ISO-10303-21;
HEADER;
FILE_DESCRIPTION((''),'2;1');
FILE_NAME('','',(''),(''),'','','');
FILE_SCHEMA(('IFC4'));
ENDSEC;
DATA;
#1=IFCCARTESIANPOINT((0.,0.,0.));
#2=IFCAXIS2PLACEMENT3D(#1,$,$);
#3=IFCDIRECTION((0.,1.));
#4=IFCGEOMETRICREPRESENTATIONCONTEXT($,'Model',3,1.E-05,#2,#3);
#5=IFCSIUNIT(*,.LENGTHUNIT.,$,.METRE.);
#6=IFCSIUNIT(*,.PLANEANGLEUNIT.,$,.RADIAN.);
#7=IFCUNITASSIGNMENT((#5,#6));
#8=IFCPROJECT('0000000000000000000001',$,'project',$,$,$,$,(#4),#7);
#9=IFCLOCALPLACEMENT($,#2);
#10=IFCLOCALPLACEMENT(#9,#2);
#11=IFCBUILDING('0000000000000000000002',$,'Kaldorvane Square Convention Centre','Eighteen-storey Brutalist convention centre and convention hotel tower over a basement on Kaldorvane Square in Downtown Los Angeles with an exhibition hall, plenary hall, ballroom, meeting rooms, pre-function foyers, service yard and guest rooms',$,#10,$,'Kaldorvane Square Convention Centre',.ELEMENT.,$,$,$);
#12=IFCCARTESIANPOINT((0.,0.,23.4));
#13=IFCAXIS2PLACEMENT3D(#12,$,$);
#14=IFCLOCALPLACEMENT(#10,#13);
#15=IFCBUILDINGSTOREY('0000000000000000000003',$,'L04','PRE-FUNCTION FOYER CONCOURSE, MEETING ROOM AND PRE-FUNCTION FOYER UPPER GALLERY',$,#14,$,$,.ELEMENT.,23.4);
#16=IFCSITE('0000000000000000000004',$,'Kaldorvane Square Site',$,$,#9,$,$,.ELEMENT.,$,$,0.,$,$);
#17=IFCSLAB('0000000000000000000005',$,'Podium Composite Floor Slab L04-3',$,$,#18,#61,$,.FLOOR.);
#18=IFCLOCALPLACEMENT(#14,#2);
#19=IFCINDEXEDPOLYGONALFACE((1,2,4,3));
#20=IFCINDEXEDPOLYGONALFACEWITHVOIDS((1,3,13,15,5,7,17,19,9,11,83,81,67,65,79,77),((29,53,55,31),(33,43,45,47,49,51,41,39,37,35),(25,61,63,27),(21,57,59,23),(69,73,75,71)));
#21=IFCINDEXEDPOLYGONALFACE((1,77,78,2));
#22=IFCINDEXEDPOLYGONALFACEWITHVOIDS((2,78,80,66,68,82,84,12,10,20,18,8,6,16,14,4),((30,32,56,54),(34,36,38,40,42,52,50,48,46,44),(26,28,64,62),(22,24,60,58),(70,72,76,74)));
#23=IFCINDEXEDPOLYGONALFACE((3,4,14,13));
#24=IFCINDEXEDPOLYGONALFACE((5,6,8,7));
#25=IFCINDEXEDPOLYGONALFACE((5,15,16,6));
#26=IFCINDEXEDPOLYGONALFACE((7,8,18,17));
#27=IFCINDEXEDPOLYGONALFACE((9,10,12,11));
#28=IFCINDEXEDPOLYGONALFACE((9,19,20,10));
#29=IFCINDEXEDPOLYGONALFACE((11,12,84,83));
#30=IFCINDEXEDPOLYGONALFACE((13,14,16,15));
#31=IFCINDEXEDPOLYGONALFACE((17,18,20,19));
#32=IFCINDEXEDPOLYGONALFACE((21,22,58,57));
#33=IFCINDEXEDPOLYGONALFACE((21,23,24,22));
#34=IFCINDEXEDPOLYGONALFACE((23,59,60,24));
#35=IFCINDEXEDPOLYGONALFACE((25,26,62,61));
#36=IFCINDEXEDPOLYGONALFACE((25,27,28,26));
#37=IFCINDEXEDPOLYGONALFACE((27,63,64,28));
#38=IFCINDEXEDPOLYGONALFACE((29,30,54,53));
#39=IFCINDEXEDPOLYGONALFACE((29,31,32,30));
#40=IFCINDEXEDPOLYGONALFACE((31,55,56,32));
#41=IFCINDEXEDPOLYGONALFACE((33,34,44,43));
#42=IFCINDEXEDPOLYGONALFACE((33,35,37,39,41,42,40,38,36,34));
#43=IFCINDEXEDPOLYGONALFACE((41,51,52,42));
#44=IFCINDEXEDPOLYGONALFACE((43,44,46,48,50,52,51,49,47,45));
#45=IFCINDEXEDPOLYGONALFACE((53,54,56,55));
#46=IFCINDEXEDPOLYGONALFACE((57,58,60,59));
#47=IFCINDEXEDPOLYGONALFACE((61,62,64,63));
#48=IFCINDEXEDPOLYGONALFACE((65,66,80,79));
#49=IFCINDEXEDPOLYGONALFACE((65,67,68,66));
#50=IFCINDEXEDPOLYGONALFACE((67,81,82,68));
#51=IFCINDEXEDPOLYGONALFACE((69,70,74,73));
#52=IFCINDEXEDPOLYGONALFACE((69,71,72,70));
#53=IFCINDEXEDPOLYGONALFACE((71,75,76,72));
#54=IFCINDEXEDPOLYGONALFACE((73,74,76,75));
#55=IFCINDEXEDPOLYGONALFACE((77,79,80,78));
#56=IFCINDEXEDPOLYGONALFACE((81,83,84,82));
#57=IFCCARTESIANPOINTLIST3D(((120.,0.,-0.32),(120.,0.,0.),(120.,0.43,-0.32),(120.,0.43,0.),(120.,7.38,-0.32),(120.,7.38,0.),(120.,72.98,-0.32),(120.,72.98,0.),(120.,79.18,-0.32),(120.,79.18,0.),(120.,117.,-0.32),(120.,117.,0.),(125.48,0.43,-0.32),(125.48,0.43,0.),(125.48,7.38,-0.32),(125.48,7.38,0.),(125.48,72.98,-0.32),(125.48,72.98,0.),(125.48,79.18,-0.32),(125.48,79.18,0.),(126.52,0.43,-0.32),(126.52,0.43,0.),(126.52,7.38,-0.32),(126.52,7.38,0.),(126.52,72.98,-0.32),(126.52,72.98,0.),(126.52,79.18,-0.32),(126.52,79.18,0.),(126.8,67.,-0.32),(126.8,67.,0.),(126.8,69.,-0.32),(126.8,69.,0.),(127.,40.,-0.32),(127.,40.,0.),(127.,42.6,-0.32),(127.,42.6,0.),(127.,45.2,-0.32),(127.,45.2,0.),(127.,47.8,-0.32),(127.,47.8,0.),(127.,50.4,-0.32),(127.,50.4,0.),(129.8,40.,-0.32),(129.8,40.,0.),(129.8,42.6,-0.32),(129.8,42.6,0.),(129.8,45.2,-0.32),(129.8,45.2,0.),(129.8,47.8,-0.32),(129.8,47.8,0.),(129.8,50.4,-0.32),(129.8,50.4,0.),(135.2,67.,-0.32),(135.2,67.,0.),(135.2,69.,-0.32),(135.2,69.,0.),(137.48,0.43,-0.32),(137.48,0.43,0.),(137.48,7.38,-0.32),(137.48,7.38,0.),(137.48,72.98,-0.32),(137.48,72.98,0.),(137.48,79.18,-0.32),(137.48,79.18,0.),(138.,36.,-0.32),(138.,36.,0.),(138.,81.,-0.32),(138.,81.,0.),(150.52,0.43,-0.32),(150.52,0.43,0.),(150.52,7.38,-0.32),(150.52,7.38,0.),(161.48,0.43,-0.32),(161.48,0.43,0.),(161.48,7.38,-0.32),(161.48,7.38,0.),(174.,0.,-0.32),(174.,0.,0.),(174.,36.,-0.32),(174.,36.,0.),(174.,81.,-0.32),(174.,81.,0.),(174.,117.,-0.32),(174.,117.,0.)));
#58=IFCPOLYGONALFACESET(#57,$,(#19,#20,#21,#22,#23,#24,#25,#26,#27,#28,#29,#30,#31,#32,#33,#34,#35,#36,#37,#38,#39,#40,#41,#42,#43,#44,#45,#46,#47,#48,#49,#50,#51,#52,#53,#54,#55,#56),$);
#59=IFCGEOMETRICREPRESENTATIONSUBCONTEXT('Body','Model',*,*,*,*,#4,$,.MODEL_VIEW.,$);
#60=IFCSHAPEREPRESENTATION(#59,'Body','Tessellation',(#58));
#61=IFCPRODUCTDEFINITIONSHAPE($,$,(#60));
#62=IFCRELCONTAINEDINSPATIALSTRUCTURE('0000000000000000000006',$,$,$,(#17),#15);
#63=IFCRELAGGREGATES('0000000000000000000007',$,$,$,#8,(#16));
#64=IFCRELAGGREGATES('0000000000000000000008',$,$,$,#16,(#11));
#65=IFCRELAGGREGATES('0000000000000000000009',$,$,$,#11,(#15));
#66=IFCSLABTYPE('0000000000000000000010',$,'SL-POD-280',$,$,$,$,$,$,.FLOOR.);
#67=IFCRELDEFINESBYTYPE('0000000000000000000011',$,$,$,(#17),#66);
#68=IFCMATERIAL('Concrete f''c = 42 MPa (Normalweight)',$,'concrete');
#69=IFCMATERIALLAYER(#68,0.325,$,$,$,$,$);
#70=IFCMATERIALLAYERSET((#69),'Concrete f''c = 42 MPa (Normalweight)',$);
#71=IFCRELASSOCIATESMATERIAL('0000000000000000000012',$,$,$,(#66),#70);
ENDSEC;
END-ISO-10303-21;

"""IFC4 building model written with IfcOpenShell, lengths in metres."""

from ifc_helpers import new_model, si_unit, direction, frame, origin, place, context, subcontext, project, spatial, polyline, outline, extrude, material, layer, layer_set, type_object, element, save


model = new_model("IFC4")

# Units and contexts
model_context = context("Model", 3, precision=1e-05, world=origin(), true_north=direction((0.0, 1.0)))
body_context = subcontext(model_context, "Body", "Model", "MODEL_VIEW")
ifc_project = project(units=[si_unit("LENGTHUNIT", "METRE"), si_unit("PLANEANGLEUNIT", "RADIAN")], contexts=[model_context])

# Site, building, storey
site_placement = place(None, origin())
site = spatial("IfcSite", under=ifc_project, at=site_placement, Name="Kaldorvane Square Site", CompositionType="ELEMENT", RefElevation=0.0)
building_placement = place(site_placement, origin())
building = spatial("IfcBuilding", under=site, at=building_placement, Name="Kaldorvane Square Convention Centre", Description="Eighteen-storey Brutalist convention centre and convention hotel tower over a basement on Kaldorvane Square in Downtown Los Angeles with an exhibition hall, plenary hall, ballroom, meeting rooms, pre-function foyers, service yard and guest rooms", LongName="Kaldorvane Square Convention Centre", CompositionType="ELEMENT")
storey_placement = place(building_placement, frame((0.0, 0.0, 23.4)))
storey = spatial("IfcBuildingStorey", under=building, at=storey_placement, Name="L04", Description="PRE-FUNCTION FOYER CONCOURSE, MEETING ROOM AND PRE-FUNCTION FOYER UPPER GALLERY", CompositionType="ELEMENT", Elevation=23.4)

# Slab
ifc_material = material(Name="Concrete f'c = 42 MPa (Normalweight)", Category="concrete")
ifc_layer_1 = layer(ifc_material, 0.325)
ifc_layer_set_1 = layer_set([ifc_layer_1], Name="Concrete f'c = 42 MPa (Normalweight)")
slab_type_1 = type_object("IfcSlabType", Name="SL-POD-280", PredefinedType="FLOOR", material=ifc_layer_set_1)
slab_1_placement = place(storey_placement, frame((0.0, 0.0, -0.32)))
element("IfcSlab", 1, at=slab_1_placement, inside=storey, type_object=slab_type_1, Name="Podium Composite Floor Slab L04-3", PredefinedType="FLOOR", context=body_context, shape_type="SweptSolid", body=[
    extrude(outline(polyline([(174.0, 117.0), (174.0, 81.0), (138.0, 81.0), (138.0, 36.0), (174.0, 36.0), (174.0, 0.0), (120.0, 0.0), (120.0, 0.43), (125.48, 0.43), (125.48, 7.38), (120.0, 7.38), (120.0, 72.98), (125.48, 72.98), (125.48, 79.18), (120.0, 79.18), (120.0, 117.0), (174.0, 117.0)]), holes=[polyline([(161.48, 0.43), (161.48, 7.38), (150.52, 7.38), (150.52, 0.43), (161.48, 0.43)]), polyline([(137.48, 0.43), (137.48, 7.38), (126.52, 7.38), (126.52, 0.43), (137.48, 0.43)]), polyline([(129.8, 45.2), (129.8, 47.8), (129.8, 50.4), (127.0, 50.4), (127.0, 47.8), (127.0, 45.2), (127.0, 42.6), (127.0, 40.0), (129.8, 40.0), (129.8, 42.6), (129.8, 45.2)]), polyline([(135.2, 67.0), (135.2, 69.0), (126.8, 69.0), (126.8, 67.0), (135.2, 67.0)]), polyline([(126.52, 72.98), (137.48, 72.98), (137.48, 79.18), (126.52, 79.18), (126.52, 72.98)])]), origin(), (0.0, 0.0, 1.0), 0.32),
])

save(model, "model.ifc")
